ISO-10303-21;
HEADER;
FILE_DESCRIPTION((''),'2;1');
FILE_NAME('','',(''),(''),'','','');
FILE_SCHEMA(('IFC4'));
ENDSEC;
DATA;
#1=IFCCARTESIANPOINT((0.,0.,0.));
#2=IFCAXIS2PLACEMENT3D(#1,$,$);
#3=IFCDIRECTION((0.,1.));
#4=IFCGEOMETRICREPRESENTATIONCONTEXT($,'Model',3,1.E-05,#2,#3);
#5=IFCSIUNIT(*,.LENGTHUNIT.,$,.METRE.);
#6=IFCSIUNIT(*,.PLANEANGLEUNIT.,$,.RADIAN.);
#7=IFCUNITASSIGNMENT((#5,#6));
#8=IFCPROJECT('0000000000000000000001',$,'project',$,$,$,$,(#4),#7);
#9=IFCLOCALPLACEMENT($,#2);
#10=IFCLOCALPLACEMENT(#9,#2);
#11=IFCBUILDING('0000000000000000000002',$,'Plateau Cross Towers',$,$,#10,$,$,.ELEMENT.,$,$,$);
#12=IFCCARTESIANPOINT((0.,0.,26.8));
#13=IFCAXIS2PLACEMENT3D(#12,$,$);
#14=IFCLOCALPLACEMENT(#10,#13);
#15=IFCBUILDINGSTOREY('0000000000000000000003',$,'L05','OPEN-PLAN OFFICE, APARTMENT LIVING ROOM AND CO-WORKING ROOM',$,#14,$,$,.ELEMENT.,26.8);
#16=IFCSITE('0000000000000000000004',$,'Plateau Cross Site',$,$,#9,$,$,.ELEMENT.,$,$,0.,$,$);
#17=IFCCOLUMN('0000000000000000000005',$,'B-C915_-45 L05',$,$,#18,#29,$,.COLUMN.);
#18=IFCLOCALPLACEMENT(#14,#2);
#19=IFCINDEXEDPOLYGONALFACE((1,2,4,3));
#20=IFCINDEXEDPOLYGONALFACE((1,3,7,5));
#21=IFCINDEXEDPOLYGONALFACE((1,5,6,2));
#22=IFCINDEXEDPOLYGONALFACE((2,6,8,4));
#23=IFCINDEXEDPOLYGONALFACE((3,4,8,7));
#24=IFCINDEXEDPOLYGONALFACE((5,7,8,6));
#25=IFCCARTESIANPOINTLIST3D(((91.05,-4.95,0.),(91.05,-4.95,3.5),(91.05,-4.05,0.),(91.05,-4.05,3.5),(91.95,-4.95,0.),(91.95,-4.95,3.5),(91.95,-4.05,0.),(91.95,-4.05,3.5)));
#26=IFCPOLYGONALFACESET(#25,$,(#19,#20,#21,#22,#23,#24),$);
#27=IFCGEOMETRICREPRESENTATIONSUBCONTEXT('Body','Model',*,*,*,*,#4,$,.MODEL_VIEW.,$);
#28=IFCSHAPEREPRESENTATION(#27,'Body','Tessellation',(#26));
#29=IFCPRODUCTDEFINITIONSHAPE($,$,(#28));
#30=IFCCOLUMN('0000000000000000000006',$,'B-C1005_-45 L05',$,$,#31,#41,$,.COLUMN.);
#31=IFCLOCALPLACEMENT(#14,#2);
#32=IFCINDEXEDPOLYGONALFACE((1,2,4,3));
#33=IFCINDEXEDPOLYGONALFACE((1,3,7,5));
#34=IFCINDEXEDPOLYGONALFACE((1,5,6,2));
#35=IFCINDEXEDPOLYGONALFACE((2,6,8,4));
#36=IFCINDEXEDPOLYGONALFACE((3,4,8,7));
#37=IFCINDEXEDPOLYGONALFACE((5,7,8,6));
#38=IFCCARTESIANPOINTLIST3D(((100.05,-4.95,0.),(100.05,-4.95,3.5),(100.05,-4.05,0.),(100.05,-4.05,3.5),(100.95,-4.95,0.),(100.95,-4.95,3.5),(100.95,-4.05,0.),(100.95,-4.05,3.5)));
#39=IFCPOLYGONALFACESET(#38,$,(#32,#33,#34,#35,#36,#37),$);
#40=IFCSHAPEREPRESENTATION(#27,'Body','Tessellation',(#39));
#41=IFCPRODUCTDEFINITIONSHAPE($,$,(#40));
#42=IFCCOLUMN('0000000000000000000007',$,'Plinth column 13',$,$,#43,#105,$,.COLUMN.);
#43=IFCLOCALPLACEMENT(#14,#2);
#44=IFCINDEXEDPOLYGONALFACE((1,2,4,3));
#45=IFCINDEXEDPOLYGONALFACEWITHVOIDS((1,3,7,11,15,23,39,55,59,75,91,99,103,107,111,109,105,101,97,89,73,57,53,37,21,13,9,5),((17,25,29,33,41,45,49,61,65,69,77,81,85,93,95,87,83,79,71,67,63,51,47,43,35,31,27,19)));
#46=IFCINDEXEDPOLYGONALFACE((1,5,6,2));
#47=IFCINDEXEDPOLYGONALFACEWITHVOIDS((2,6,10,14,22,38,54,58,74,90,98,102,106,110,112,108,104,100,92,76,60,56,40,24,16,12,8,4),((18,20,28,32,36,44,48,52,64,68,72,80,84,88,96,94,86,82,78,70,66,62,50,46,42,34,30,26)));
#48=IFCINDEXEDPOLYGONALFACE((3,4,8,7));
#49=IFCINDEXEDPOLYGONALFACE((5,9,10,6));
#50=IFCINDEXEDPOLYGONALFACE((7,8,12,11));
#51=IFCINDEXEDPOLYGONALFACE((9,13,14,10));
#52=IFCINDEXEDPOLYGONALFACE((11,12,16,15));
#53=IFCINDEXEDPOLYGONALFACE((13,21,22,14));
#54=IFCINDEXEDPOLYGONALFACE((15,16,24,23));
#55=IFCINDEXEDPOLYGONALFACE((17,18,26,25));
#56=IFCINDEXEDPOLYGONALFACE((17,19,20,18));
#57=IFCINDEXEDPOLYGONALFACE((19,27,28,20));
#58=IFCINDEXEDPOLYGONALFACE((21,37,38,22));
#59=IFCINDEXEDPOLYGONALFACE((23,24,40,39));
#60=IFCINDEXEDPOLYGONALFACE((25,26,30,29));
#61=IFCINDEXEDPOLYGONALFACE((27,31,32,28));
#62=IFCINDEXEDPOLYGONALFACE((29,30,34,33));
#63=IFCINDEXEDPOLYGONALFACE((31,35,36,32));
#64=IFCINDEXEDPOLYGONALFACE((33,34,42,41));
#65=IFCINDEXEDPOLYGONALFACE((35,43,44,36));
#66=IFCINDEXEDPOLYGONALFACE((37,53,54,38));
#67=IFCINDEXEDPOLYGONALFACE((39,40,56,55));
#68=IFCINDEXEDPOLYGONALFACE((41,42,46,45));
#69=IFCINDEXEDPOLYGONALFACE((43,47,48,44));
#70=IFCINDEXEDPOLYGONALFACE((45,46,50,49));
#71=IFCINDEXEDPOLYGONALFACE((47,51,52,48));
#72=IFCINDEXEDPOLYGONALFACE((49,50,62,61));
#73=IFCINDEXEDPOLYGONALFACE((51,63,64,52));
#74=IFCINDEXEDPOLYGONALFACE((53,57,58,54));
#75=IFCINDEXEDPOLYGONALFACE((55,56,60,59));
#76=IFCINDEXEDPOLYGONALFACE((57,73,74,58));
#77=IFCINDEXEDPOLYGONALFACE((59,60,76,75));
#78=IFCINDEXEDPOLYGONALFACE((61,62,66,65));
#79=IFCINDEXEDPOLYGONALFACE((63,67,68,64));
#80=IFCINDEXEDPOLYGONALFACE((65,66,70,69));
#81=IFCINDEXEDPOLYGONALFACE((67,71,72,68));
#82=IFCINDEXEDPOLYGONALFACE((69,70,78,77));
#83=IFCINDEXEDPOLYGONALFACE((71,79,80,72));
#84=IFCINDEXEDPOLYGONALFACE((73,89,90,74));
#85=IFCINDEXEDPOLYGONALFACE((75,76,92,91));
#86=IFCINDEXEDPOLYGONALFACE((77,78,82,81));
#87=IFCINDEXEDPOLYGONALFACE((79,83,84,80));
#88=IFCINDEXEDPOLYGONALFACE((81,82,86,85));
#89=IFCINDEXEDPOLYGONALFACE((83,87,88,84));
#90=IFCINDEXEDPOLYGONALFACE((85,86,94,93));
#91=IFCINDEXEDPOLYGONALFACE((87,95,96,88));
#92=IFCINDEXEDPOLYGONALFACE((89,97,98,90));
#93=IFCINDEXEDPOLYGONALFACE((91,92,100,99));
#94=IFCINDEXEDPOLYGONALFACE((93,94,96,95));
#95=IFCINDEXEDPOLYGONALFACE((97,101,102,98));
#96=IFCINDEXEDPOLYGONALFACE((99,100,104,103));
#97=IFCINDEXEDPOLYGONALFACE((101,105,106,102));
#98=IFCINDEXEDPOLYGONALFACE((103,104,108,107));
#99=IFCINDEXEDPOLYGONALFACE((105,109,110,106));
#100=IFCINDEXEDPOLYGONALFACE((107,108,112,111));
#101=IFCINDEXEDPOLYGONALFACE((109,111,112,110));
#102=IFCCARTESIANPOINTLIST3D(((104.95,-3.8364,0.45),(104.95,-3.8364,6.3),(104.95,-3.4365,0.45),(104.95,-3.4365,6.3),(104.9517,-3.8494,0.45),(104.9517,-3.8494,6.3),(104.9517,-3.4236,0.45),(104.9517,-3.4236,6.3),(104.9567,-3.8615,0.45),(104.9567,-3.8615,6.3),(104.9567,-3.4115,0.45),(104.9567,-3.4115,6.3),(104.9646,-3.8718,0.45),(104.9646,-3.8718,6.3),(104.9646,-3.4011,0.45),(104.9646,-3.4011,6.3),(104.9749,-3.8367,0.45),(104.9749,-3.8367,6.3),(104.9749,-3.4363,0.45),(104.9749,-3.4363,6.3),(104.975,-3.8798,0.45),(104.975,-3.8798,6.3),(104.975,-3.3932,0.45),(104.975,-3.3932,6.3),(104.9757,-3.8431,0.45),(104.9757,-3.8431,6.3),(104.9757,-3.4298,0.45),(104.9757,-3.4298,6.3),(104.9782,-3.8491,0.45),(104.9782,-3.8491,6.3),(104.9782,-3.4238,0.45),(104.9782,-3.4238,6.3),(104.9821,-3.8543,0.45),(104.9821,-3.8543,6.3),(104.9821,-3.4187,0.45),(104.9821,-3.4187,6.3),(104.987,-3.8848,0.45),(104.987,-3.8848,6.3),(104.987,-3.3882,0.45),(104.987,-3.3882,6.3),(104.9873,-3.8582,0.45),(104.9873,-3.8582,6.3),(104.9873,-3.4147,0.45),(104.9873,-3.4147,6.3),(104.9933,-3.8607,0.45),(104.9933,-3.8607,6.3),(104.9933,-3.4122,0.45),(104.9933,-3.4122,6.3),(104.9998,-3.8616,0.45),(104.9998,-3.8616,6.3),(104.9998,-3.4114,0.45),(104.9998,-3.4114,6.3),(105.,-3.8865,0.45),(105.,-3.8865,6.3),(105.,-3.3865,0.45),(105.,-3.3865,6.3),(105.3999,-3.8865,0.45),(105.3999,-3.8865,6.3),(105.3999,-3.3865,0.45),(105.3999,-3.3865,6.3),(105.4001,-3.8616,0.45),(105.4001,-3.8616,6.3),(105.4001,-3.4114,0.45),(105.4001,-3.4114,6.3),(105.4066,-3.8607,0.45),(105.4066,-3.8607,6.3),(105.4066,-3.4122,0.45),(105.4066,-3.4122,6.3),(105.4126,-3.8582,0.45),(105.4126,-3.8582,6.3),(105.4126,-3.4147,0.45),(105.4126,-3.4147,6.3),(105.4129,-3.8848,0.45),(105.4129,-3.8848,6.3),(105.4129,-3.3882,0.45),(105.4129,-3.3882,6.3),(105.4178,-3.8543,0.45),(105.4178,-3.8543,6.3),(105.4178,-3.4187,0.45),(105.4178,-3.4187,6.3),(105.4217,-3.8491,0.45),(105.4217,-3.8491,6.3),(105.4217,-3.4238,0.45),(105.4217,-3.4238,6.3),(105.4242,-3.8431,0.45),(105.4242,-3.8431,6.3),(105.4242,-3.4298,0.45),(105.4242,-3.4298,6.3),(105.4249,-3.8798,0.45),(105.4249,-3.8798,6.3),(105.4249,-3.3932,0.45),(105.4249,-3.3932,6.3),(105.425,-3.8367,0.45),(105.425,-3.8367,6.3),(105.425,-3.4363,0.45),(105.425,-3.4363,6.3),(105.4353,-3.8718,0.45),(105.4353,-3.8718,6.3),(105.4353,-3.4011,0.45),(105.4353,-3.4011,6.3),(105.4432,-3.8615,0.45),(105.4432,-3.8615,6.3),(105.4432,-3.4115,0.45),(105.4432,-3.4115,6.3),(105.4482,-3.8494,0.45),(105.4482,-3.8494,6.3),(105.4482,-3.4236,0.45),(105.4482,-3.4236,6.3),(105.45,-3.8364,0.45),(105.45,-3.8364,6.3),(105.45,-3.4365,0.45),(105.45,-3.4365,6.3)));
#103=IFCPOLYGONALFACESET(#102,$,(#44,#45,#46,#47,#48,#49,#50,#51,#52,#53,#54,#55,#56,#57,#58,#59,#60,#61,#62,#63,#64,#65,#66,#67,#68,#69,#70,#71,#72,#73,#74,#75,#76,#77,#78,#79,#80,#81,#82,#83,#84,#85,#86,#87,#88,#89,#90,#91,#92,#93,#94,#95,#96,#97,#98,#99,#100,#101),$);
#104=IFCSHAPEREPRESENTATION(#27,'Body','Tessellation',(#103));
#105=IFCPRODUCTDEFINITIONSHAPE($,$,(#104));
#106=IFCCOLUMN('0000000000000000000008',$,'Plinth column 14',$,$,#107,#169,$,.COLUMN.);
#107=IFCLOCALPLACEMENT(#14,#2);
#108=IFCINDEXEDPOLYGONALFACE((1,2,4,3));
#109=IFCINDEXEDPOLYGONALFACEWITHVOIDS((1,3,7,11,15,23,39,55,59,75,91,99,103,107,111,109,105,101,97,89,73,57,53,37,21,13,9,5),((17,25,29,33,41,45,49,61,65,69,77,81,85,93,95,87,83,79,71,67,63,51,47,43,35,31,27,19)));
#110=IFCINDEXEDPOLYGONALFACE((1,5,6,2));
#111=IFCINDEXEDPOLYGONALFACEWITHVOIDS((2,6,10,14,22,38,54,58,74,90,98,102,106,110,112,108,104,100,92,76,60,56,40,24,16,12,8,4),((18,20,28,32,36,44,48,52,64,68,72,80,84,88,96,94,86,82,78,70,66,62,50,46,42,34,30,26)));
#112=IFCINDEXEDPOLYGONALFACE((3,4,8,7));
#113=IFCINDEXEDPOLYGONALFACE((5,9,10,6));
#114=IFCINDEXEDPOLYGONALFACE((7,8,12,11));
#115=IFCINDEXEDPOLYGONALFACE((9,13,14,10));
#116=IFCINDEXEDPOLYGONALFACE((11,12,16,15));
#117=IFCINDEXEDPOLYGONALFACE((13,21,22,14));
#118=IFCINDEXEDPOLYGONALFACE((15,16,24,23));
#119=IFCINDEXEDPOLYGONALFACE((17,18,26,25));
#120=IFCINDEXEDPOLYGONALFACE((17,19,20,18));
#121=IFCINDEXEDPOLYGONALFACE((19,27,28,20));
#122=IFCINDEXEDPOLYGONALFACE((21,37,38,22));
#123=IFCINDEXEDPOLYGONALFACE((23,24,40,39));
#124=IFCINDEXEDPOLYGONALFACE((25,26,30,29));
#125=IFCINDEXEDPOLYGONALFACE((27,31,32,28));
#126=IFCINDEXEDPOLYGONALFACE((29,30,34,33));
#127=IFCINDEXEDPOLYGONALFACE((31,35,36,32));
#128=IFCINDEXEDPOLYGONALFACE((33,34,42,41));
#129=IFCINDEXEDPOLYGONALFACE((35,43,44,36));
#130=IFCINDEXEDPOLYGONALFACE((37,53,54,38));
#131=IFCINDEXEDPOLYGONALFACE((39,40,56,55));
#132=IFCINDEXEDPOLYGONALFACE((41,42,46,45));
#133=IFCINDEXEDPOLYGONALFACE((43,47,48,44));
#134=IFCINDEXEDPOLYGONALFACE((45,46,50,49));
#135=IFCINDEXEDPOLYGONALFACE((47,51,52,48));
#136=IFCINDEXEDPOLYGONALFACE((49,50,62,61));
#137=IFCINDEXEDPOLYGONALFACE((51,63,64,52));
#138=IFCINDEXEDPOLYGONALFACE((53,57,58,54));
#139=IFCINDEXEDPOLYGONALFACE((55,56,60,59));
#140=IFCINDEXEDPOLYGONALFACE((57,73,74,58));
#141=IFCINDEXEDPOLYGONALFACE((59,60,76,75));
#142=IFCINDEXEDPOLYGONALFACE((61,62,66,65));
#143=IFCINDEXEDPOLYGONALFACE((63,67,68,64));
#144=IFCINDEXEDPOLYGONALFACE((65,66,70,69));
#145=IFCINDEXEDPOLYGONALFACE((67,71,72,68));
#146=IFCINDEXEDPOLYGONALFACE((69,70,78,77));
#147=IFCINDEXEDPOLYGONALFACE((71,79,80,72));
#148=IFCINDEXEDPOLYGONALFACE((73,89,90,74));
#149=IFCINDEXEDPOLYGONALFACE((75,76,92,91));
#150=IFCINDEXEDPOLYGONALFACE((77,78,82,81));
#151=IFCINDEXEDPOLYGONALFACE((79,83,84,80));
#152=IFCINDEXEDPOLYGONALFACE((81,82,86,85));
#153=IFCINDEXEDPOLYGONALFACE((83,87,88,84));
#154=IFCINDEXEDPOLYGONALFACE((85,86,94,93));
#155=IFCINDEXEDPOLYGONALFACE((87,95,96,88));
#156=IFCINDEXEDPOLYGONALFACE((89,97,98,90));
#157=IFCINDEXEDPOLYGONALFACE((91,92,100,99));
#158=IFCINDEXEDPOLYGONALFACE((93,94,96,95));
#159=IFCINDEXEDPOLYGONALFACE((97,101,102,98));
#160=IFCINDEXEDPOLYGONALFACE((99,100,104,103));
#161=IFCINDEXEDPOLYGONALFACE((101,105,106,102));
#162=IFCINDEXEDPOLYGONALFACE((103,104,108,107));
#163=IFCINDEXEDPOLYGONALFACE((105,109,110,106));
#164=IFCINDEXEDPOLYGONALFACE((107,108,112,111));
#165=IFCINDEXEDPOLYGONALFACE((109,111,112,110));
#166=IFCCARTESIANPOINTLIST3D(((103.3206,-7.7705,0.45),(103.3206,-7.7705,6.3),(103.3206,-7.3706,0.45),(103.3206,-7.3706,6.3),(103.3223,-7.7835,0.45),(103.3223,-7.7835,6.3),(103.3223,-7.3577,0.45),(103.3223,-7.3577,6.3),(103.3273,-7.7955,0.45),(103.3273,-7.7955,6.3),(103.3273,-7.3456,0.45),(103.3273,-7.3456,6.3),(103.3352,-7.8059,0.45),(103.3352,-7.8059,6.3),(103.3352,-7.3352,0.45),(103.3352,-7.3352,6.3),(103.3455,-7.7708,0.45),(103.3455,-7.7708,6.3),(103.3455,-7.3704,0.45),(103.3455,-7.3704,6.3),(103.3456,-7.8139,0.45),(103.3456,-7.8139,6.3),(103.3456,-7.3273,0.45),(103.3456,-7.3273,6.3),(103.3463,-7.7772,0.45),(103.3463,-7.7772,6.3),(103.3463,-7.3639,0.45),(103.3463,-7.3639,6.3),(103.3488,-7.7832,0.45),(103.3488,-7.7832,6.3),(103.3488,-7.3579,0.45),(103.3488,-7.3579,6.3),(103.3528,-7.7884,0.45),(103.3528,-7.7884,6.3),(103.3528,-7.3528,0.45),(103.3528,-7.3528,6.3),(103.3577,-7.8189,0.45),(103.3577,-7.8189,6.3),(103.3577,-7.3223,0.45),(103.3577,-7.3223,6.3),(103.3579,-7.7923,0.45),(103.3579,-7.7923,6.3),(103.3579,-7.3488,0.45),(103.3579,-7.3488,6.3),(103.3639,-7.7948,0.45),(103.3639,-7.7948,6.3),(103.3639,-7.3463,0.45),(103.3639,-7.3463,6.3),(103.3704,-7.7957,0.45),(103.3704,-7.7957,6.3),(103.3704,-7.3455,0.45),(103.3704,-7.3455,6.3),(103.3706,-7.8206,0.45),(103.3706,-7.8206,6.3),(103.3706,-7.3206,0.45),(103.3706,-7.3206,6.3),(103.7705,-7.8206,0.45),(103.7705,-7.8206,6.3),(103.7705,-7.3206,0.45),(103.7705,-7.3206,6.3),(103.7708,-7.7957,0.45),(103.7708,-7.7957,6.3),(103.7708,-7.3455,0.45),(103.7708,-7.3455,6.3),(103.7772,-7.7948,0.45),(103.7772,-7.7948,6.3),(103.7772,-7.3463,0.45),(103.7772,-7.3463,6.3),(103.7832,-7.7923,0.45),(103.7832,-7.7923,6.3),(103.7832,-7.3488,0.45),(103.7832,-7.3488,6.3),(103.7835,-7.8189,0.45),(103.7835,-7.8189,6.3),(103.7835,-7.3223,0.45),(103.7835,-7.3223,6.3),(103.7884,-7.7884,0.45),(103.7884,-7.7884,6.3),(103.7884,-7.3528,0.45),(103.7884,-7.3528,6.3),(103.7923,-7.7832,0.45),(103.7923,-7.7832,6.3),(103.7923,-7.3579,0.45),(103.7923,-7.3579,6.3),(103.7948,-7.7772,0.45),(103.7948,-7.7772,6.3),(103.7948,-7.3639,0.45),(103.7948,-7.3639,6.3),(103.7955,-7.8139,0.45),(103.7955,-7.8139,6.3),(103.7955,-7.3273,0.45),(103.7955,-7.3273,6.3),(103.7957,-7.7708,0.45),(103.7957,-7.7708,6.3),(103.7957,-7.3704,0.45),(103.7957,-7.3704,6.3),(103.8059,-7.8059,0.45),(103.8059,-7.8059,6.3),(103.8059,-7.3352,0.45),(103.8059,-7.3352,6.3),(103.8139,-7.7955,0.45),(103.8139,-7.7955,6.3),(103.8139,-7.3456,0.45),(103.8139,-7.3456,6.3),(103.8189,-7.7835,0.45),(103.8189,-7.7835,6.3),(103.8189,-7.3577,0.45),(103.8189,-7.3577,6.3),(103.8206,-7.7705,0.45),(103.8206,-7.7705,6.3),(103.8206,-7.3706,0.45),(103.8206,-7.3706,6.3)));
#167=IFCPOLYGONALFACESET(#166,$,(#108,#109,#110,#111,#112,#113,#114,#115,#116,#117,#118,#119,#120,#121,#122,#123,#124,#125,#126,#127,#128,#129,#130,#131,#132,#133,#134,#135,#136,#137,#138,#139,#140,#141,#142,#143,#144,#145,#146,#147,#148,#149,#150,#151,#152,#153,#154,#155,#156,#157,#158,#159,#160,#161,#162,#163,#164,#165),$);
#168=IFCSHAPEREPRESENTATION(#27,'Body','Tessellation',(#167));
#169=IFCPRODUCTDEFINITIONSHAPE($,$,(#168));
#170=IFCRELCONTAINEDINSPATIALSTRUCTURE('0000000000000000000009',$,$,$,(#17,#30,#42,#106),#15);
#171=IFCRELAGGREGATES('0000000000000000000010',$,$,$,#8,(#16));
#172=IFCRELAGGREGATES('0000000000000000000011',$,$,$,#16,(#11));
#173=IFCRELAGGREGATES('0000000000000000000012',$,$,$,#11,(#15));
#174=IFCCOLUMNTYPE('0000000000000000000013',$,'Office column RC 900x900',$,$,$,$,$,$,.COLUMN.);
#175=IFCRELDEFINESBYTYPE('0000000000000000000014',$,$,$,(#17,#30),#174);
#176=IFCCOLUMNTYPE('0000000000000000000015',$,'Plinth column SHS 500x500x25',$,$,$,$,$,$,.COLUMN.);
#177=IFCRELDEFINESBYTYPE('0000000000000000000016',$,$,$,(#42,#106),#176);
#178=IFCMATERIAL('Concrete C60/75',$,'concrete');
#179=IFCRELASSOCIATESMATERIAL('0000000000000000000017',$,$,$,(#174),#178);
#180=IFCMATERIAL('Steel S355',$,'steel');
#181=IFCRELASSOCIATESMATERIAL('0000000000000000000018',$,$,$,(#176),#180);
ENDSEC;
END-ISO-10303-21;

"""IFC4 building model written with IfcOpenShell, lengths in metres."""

from ifc_helpers import new_model, si_unit, direction, frame, origin, origin_2d, place, context, subcontext, project, spatial, rectangle, hollow_rectangle, extrude, material, material_profile, profile_set, type_object, element, save


model = new_model("IFC4")

# Units and contexts
model_context = context("Model", 3, precision=1e-05, world=origin(), true_north=direction((0.0, 1.0)))
body_context = subcontext(model_context, "Body", "Model", "MODEL_VIEW")
ifc_project = project(units=[si_unit("LENGTHUNIT", "METRE"), si_unit("PLANEANGLEUNIT", "RADIAN")], contexts=[model_context])

# Site, building, storey
site_placement = place(None, origin())
site = spatial("IfcSite", under=ifc_project, at=site_placement, Name="Plateau Cross Site", CompositionType="ELEMENT", RefElevation=0.0)
building_placement = place(site_placement, origin())
building = spatial("IfcBuilding", under=site, at=building_placement, Name="Plateau Cross Towers", CompositionType="ELEMENT")
storey_placement = place(building_placement, frame((0.0, 0.0, 26.8)))
storey = spatial("IfcBuildingStorey", under=building, at=storey_placement, Name="L05", Description="OPEN-PLAN OFFICE, APARTMENT LIVING ROOM AND CO-WORKING ROOM", CompositionType="ELEMENT", Elevation=26.8)

# Columns
ifc_material_1 = material(Name="Concrete C60/75", Category="concrete")
ifc_material_profile_1 = material_profile(ifc_material_1, rectangle(XDim=0.8999, YDim=0.8999, at=origin_2d()), Name="RC 900x900")
ifc_profile_set_1 = profile_set([ifc_material_profile_1], Name="Concrete C60/75")
column_type_1 = type_object("IfcColumnType", Name="Office column RC 900x900", PredefinedType="COLUMN", material=ifc_profile_set_1)
for number, where, z_axis, x_axis, name in (
    (1, (91.5, -4.5, 0.0), (0.0, 0.0, 1.0), (1.0, 0.0, 0.0), "B-C915_-45 L05"),
    (2, (100.5, -4.5, 0.0), (0.0, 0.0, 1.0), (1.0, 0.0, 0.0), "B-C1005_-45 L05"),
):
    element("IfcColumn", number, at=place(storey_placement, frame(where, z_axis=z_axis, x_axis=x_axis)), inside=storey, type_object=column_type_1, Name=name, PredefinedType="COLUMN", context=body_context, shape_type="SweptSolid", body=[
        extrude(rectangle(XDim=0.8999, YDim=0.8999, at=origin_2d()), origin(), (0.0, 0.0, 1.0), 3.5),
    ])
ifc_material_2 = material(Name="Steel S355", Category="steel")
ifc_material_profile_2 = material_profile(ifc_material_2, hollow_rectangle(XDim=0.5, YDim=0.5, WallThickness=0.0249, InnerFilletRadius=0.0249, OuterFilletRadius=0.05, at=origin_2d()), Name="SHS 500x500x25")
ifc_profile_set_2 = profile_set([ifc_material_profile_2], Name="Steel S355")
column_type_2 = type_object("IfcColumnType", Name="Plinth column SHS 500x500x25", PredefinedType="COLUMN", material=ifc_profile_set_2)
for number, where, z_axis, x_axis, name in (
    (3, (105.2, -3.6365, 0.45), (0.0, 0.0, 1.0), (1.0, 0.0, 0.0), "Plinth column 13"),
    (4, (103.5706, -7.5706, 0.45), (0.0, 0.0, 1.0), (1.0, 0.0, 0.0), "Plinth column 14"),
):
    element("IfcColumn", number, at=place(storey_placement, frame(where, z_axis=z_axis, x_axis=x_axis)), inside=storey, type_object=column_type_2, Name=name, PredefinedType="COLUMN", context=body_context, shape_type="SweptSolid", body=[
        extrude(hollow_rectangle(XDim=0.5, YDim=0.5, WallThickness=0.0249, InnerFilletRadius=0.0249, OuterFilletRadius=0.05, at=origin_2d()), origin(), (0.0, 0.0, 1.0), 5.8501),
    ])

save(model, "model.ifc")
